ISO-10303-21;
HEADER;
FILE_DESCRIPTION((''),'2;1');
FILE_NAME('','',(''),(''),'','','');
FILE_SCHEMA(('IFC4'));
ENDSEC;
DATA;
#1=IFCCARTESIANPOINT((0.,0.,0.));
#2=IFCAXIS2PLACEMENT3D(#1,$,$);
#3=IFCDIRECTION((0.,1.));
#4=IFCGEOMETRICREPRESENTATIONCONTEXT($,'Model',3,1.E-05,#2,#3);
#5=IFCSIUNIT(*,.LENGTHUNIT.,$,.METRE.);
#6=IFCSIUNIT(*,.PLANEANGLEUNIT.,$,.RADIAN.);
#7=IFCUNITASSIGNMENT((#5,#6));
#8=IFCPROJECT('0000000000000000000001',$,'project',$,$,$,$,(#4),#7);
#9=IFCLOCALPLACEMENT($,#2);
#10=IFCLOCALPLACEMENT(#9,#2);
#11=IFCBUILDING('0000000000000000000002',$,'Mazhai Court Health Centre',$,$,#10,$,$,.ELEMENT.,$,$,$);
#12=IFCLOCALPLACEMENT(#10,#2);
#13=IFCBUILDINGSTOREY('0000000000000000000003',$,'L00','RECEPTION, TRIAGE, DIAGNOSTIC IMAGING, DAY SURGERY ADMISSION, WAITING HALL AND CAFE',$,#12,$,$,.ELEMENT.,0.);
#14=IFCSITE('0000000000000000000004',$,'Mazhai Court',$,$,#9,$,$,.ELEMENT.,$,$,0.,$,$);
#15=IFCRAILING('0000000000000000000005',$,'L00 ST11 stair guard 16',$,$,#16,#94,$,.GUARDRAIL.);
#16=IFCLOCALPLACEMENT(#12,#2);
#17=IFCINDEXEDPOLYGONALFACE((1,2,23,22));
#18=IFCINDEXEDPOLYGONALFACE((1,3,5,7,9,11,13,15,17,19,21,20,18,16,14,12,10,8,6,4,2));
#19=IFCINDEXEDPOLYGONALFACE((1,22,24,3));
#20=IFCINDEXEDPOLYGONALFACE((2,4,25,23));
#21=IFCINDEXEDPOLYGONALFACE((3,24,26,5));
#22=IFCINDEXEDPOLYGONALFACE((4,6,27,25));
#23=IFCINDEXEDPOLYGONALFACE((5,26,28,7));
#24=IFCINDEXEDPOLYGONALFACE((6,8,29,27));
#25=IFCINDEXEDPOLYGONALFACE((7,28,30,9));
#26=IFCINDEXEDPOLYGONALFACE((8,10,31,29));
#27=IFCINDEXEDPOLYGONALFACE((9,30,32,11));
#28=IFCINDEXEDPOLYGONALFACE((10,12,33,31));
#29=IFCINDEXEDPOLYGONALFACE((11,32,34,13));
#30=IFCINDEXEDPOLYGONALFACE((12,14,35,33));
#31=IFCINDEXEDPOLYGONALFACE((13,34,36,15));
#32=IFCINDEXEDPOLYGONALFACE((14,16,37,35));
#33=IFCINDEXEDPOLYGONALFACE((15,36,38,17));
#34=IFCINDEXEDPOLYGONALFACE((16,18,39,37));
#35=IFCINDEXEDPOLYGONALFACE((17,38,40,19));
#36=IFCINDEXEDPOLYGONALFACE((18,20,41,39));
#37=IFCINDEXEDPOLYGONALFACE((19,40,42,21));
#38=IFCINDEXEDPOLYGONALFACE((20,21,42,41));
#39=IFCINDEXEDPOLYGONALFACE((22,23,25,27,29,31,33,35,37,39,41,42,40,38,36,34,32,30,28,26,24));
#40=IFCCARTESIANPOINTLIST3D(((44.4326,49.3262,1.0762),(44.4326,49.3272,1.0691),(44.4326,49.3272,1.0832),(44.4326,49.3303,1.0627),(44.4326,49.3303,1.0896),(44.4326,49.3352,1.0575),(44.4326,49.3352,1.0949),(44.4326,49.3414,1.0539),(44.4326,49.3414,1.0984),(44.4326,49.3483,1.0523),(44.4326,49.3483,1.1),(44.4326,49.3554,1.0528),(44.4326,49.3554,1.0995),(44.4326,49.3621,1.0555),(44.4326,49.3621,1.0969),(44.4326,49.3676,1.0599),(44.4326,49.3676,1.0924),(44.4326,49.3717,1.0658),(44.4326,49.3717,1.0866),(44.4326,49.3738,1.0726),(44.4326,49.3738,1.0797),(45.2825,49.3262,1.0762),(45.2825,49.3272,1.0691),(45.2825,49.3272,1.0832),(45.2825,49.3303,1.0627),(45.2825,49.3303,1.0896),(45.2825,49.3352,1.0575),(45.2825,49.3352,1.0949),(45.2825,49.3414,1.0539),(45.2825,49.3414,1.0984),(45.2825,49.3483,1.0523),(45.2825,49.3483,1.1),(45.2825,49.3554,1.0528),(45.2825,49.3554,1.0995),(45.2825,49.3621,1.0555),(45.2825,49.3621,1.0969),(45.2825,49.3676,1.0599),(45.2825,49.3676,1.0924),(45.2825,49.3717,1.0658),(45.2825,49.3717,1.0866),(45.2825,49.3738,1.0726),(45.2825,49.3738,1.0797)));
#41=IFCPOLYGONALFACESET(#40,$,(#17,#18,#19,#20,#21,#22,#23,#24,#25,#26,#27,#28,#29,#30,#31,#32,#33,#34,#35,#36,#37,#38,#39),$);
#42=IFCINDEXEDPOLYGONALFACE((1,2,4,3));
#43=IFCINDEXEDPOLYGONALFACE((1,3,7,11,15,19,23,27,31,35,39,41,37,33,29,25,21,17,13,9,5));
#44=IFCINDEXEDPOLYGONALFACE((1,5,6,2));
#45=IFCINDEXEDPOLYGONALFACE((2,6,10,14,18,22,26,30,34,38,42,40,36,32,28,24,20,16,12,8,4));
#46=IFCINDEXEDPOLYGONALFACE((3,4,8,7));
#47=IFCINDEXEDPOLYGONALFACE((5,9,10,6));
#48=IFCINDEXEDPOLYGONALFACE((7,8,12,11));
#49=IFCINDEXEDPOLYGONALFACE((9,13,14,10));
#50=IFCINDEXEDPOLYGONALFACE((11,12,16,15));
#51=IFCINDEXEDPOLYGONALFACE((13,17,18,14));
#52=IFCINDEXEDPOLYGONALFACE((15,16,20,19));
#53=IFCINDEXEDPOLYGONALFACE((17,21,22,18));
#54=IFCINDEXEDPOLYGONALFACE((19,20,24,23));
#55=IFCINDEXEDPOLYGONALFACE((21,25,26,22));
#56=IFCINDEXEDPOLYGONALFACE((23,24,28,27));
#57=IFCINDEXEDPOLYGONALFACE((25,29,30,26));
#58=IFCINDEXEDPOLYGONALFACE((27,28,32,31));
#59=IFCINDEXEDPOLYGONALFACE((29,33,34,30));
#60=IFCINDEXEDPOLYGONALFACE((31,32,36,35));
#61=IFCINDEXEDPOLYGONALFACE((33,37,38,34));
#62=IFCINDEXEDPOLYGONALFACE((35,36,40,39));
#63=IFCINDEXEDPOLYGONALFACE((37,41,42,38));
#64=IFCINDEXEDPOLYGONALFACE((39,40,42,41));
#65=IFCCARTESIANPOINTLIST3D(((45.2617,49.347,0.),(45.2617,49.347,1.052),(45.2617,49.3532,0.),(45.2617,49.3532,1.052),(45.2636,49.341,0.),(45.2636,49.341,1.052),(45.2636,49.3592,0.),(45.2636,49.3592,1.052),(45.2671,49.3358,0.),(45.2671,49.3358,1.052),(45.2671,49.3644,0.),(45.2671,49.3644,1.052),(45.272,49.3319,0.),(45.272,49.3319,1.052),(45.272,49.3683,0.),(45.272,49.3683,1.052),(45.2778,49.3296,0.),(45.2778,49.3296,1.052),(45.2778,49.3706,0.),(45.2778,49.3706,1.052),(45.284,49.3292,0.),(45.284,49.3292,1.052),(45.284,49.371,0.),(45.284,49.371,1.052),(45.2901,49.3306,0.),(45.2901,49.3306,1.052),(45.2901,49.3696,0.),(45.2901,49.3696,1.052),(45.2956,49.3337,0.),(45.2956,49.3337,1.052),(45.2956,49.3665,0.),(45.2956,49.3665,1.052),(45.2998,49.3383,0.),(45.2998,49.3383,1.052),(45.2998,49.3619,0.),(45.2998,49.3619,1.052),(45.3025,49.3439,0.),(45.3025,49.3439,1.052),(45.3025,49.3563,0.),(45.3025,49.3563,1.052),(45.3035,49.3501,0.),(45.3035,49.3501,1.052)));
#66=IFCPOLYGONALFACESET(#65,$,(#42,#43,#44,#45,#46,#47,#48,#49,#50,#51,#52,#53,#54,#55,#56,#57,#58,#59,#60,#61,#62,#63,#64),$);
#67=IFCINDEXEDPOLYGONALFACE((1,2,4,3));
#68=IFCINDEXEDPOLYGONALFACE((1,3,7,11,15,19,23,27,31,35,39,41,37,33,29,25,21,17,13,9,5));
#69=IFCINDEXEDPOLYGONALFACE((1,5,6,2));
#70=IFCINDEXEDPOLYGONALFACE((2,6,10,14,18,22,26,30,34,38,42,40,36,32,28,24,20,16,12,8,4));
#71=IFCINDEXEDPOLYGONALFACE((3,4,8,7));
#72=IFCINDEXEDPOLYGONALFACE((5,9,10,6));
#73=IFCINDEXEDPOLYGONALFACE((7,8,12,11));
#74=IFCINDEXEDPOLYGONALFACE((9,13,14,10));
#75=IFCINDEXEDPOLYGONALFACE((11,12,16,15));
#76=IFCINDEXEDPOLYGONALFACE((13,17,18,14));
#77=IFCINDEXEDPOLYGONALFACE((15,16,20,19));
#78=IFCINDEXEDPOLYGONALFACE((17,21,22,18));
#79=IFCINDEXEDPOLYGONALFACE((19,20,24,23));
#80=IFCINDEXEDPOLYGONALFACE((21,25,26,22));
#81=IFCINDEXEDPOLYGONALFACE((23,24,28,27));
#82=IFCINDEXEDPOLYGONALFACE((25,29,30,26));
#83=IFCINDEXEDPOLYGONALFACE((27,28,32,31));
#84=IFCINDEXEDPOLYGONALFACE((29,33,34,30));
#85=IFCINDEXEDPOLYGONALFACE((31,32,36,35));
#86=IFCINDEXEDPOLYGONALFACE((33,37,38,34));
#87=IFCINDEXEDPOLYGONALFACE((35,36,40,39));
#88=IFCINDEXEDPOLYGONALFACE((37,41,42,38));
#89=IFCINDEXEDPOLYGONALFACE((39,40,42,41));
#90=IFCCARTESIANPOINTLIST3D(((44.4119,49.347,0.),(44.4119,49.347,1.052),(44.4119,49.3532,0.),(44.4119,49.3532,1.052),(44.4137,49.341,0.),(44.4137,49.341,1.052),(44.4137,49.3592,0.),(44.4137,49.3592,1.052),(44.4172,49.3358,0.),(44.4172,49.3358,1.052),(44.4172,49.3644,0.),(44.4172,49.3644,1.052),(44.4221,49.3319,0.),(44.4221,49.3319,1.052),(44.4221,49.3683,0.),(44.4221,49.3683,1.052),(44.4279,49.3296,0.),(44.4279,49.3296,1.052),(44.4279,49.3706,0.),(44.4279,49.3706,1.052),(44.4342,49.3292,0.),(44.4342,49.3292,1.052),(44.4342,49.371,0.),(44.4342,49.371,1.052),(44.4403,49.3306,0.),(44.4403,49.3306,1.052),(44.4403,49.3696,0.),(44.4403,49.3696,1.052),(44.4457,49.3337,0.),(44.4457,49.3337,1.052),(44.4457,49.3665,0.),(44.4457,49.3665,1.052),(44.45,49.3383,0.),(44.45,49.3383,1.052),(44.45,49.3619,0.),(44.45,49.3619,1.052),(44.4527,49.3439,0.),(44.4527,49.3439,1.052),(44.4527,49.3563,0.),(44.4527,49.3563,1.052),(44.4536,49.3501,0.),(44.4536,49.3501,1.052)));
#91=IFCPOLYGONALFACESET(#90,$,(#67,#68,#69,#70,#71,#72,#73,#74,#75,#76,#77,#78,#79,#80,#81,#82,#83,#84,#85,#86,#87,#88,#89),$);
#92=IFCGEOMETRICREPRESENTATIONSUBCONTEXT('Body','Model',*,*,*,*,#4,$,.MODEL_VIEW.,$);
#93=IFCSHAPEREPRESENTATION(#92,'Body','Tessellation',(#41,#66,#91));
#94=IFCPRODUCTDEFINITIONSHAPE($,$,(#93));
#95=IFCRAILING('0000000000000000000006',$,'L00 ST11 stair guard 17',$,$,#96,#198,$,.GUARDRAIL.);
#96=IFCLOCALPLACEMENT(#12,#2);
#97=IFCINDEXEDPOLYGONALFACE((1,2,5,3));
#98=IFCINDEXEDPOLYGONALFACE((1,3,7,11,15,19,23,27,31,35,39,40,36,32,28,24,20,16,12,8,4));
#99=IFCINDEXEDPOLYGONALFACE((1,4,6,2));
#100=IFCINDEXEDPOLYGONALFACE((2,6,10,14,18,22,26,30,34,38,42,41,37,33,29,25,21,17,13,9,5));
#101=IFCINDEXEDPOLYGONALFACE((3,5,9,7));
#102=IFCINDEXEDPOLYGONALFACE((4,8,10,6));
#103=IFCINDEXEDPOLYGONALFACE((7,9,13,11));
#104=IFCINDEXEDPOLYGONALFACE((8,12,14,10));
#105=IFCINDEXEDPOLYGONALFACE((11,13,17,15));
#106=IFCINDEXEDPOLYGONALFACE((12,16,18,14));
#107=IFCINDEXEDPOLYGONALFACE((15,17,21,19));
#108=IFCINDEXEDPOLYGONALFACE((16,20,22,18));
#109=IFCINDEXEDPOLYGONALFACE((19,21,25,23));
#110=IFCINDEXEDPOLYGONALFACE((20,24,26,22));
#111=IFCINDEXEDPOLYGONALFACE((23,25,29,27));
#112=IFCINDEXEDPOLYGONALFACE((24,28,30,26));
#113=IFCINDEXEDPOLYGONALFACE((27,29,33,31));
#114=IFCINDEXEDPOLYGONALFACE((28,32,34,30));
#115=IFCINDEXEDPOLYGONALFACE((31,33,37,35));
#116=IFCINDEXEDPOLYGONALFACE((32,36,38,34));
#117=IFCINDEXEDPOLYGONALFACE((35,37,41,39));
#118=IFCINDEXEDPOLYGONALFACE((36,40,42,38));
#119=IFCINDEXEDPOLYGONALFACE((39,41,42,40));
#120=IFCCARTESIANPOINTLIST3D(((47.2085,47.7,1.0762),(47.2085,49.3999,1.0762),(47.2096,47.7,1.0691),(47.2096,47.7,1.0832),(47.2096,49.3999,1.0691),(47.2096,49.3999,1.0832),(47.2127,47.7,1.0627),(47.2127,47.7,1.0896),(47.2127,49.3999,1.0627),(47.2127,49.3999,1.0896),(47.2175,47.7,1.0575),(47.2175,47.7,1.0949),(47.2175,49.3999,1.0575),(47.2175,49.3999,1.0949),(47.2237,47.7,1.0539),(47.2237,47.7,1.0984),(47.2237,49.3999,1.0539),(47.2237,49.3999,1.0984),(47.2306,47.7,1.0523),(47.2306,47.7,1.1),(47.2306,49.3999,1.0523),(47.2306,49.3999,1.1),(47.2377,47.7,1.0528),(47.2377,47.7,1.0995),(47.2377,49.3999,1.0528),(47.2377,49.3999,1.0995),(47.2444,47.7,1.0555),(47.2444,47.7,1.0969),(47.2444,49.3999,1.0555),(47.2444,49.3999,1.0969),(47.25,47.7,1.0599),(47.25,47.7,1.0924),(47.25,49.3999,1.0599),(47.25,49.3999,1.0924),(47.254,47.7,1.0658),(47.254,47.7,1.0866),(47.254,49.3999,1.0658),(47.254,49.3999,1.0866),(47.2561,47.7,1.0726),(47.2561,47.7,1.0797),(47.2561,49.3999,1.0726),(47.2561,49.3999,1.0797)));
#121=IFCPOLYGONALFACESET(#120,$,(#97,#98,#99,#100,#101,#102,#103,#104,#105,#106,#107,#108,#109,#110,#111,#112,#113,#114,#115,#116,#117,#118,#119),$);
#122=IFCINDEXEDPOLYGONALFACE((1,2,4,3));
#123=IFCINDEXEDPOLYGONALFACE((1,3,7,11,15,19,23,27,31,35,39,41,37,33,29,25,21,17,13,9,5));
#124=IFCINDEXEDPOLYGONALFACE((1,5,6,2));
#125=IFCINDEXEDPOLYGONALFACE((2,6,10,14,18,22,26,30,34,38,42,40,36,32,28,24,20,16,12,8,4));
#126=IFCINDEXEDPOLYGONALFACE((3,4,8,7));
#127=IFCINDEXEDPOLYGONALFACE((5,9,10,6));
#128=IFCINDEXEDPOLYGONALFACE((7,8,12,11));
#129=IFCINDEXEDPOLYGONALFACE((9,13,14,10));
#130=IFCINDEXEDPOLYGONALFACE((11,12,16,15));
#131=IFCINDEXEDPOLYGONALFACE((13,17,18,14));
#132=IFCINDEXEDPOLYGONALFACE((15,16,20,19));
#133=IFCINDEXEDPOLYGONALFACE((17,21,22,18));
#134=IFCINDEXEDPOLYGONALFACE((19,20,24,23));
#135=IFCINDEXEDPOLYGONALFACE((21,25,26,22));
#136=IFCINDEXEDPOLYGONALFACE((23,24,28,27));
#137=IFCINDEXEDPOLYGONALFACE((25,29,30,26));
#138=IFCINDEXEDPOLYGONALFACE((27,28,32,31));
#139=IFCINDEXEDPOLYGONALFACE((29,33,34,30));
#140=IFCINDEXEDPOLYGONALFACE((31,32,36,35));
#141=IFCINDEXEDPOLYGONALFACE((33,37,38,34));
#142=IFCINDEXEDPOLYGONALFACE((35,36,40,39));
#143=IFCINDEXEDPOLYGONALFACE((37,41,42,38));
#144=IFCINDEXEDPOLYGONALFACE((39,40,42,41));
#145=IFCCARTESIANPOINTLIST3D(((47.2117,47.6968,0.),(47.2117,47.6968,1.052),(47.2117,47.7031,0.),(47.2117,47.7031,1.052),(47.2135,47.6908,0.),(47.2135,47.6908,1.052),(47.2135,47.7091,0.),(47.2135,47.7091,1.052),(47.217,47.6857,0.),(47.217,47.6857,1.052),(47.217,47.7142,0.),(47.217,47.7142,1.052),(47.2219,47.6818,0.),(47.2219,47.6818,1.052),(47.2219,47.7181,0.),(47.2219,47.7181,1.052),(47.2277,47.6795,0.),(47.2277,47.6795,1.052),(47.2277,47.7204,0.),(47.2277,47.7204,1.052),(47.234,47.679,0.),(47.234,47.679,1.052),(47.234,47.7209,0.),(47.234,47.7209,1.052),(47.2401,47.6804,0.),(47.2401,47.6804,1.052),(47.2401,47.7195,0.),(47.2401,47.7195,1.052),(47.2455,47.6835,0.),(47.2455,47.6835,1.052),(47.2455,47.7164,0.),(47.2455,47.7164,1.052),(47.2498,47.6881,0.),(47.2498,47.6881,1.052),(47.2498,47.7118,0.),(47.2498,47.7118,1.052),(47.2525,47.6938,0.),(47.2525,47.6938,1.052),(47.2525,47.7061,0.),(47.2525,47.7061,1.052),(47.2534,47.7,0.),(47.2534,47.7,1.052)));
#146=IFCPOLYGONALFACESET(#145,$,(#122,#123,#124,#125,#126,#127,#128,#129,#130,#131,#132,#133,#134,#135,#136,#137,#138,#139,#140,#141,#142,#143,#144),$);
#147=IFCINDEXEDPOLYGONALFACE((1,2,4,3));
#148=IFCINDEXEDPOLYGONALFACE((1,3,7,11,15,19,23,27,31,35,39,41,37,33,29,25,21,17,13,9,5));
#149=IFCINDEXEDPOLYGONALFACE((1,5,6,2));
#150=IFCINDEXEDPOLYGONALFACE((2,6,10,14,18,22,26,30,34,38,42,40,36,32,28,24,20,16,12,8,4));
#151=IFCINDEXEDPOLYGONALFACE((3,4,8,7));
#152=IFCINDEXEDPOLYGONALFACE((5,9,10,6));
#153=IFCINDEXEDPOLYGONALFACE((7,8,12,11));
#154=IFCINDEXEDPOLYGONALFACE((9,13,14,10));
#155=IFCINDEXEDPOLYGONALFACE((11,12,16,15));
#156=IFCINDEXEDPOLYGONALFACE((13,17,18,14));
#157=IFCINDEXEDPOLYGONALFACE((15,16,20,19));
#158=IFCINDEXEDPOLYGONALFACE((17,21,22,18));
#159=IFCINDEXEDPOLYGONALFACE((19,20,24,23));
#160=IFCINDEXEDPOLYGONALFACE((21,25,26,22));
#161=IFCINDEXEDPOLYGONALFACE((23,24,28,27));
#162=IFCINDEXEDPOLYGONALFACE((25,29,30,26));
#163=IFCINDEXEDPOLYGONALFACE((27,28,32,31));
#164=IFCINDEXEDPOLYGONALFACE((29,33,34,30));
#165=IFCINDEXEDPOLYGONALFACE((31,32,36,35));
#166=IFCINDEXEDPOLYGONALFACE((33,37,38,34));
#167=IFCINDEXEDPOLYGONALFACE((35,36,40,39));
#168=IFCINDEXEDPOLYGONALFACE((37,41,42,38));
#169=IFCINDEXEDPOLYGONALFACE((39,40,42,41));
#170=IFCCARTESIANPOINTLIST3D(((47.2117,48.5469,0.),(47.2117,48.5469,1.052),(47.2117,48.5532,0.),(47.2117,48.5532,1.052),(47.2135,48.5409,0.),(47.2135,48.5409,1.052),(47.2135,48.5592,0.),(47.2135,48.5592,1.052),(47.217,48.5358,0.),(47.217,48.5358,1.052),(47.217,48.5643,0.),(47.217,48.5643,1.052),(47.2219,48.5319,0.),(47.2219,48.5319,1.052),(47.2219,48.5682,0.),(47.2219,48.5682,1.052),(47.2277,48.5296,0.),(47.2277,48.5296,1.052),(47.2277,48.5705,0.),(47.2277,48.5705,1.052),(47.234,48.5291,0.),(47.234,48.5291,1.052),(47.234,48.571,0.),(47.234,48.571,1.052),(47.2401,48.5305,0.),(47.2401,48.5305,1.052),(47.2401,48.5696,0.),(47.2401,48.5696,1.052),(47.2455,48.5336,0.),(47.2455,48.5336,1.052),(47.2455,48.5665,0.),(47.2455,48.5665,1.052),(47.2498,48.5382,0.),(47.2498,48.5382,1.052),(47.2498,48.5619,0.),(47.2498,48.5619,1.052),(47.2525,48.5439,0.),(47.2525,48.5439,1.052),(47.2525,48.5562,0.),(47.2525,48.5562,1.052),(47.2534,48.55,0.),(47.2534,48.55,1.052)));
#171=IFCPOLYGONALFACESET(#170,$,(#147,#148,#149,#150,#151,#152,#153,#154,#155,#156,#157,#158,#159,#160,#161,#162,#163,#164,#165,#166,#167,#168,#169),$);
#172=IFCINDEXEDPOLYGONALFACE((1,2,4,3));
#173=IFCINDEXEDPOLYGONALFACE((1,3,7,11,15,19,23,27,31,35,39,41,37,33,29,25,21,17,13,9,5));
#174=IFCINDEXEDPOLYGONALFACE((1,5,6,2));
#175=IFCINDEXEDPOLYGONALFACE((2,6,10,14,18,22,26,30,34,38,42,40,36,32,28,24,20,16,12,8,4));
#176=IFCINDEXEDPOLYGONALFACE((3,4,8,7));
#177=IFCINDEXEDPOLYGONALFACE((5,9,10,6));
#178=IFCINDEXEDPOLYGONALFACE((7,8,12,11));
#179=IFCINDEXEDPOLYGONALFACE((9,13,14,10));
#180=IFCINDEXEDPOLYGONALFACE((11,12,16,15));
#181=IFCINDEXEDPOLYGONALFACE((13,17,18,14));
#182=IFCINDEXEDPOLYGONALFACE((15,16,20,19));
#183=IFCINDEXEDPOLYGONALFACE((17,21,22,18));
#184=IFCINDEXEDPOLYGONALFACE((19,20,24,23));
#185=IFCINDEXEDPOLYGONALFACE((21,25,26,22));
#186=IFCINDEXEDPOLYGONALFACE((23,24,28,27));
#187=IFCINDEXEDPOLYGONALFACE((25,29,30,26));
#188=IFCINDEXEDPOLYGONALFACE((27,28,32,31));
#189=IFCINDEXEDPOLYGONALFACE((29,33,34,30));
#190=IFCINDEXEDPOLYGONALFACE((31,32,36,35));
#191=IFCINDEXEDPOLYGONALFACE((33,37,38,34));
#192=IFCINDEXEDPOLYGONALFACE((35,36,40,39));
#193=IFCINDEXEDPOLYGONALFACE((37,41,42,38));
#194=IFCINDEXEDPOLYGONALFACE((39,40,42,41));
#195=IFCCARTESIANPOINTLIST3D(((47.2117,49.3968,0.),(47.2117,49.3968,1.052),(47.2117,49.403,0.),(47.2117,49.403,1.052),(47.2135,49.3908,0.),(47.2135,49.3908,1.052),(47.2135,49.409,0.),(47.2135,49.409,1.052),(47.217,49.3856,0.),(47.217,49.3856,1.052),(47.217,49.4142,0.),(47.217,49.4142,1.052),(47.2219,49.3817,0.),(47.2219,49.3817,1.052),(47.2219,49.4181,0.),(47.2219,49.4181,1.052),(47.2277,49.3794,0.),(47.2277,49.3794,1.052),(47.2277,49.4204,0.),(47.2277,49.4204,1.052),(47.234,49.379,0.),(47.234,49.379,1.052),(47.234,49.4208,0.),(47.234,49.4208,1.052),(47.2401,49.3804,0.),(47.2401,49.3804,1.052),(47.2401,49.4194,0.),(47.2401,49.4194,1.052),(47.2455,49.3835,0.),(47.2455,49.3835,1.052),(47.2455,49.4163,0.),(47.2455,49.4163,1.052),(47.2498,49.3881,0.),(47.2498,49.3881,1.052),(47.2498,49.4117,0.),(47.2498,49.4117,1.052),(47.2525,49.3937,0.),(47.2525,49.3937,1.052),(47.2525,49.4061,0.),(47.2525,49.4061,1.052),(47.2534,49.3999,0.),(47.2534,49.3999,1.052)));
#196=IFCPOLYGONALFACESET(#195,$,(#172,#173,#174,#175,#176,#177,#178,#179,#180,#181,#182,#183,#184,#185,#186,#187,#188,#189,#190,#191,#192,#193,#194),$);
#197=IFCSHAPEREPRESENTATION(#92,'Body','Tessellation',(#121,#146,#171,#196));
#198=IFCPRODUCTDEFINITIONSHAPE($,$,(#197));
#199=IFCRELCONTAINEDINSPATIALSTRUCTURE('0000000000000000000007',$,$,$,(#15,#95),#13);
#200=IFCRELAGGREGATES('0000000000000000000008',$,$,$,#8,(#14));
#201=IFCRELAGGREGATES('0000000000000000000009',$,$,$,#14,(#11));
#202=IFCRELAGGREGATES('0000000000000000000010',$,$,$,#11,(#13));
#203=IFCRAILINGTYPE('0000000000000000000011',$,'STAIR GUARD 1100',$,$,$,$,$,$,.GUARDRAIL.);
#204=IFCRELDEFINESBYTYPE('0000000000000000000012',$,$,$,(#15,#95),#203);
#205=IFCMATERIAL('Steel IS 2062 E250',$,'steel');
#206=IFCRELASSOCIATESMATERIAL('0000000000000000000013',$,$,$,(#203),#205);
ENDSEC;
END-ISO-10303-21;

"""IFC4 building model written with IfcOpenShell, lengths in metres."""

from ifc_helpers import new_model, si_unit, direction, frame, origin, origin_2d, place, context, subcontext, project, spatial, circle, extrude, material, type_object, element, save


model = new_model("IFC4")

# Units and contexts
model_context = context("Model", 3, precision=1e-05, world=origin(), true_north=direction((0.0, 1.0)))
body_context = subcontext(model_context, "Body", "Model", "MODEL_VIEW")
ifc_project = project(units=[si_unit("LENGTHUNIT", "METRE"), si_unit("PLANEANGLEUNIT", "RADIAN")], contexts=[model_context])

# Site, building, storey
site_placement = place(None, origin())
site = spatial("IfcSite", under=ifc_project, at=site_placement, Name="Mazhai Court", CompositionType="ELEMENT", RefElevation=0.0)
building_placement = place(site_placement, origin())
building = spatial("IfcBuilding", under=site, at=building_placement, Name="Mazhai Court Health Centre", CompositionType="ELEMENT")
storey_placement = place(building_placement, origin())
storey = spatial("IfcBuildingStorey", under=building, at=storey_placement, Name="L00", Description="RECEPTION, TRIAGE, DIAGNOSTIC IMAGING, DAY SURGERY ADMISSION, WAITING HALL AND CAFE", CompositionType="ELEMENT", Elevation=0.0)

# Railings
ifc_material_1 = material(Name="Steel IS 2062 E250", Category="steel")
railing_type_1 = type_object("IfcRailingType", Name="STAIR GUARD 1100", PredefinedType="GUARDRAIL", material=ifc_material_1)
railing_1_placement = place(storey_placement, frame((45.2825, 49.3501, 0.0)))
element("IfcRailing", 1, at=railing_1_placement, inside=storey, type_object=railing_type_1, Name="L00 ST11 stair guard 16", PredefinedType="GUARDRAIL", context=body_context, shape_type="SweptSolid", body=[
    extrude(circle(Radius=0.0239, at=origin_2d()), frame((0.0, 0.0, 1.0762), z_axis=(-1.0, 0.0, 0.0), x_axis=(0.0, -1.0, 0.0)), (0.0, 0.0, 1.0), 0.8499),
    extrude(circle(Radius=0.021, at=origin_2d()), origin(), (0.0, 0.0, 1.0), 1.052),
    extrude(circle(Radius=0.021, at=origin_2d()), frame((-0.8499, 0.0, 0.0)), (0.0, 0.0, 1.0), 1.052),
])
railing_2_placement = place(storey_placement, frame((47.2324, 47.7, 0.0)))
element("IfcRailing", 2, at=railing_2_placement, inside=storey, type_object=railing_type_1, Name="L00 ST11 stair guard 17", PredefinedType="GUARDRAIL", context=body_context, shape_type="SweptSolid", body=[
    extrude(circle(Radius=0.0239, at=origin_2d()), frame((0.0, 0.0, 1.0762), z_axis=(0.0, 1.0, 0.0), x_axis=(-1.0, 0.0, 0.0)), (0.0, 0.0, 1.0), 1.7),
    extrude(circle(Radius=0.021, at=origin_2d()), origin(), (0.0, 0.0, 1.0), 1.052),
    extrude(circle(Radius=0.021, at=origin_2d()), frame((0.0, 0.8501, 0.0)), (0.0, 0.0, 1.0), 1.052),
    extrude(circle(Radius=0.021, at=origin_2d()), frame((0.0, 1.7, 0.0)), (0.0, 0.0, 1.0), 1.052),
])

save(model, "model.ifc")
